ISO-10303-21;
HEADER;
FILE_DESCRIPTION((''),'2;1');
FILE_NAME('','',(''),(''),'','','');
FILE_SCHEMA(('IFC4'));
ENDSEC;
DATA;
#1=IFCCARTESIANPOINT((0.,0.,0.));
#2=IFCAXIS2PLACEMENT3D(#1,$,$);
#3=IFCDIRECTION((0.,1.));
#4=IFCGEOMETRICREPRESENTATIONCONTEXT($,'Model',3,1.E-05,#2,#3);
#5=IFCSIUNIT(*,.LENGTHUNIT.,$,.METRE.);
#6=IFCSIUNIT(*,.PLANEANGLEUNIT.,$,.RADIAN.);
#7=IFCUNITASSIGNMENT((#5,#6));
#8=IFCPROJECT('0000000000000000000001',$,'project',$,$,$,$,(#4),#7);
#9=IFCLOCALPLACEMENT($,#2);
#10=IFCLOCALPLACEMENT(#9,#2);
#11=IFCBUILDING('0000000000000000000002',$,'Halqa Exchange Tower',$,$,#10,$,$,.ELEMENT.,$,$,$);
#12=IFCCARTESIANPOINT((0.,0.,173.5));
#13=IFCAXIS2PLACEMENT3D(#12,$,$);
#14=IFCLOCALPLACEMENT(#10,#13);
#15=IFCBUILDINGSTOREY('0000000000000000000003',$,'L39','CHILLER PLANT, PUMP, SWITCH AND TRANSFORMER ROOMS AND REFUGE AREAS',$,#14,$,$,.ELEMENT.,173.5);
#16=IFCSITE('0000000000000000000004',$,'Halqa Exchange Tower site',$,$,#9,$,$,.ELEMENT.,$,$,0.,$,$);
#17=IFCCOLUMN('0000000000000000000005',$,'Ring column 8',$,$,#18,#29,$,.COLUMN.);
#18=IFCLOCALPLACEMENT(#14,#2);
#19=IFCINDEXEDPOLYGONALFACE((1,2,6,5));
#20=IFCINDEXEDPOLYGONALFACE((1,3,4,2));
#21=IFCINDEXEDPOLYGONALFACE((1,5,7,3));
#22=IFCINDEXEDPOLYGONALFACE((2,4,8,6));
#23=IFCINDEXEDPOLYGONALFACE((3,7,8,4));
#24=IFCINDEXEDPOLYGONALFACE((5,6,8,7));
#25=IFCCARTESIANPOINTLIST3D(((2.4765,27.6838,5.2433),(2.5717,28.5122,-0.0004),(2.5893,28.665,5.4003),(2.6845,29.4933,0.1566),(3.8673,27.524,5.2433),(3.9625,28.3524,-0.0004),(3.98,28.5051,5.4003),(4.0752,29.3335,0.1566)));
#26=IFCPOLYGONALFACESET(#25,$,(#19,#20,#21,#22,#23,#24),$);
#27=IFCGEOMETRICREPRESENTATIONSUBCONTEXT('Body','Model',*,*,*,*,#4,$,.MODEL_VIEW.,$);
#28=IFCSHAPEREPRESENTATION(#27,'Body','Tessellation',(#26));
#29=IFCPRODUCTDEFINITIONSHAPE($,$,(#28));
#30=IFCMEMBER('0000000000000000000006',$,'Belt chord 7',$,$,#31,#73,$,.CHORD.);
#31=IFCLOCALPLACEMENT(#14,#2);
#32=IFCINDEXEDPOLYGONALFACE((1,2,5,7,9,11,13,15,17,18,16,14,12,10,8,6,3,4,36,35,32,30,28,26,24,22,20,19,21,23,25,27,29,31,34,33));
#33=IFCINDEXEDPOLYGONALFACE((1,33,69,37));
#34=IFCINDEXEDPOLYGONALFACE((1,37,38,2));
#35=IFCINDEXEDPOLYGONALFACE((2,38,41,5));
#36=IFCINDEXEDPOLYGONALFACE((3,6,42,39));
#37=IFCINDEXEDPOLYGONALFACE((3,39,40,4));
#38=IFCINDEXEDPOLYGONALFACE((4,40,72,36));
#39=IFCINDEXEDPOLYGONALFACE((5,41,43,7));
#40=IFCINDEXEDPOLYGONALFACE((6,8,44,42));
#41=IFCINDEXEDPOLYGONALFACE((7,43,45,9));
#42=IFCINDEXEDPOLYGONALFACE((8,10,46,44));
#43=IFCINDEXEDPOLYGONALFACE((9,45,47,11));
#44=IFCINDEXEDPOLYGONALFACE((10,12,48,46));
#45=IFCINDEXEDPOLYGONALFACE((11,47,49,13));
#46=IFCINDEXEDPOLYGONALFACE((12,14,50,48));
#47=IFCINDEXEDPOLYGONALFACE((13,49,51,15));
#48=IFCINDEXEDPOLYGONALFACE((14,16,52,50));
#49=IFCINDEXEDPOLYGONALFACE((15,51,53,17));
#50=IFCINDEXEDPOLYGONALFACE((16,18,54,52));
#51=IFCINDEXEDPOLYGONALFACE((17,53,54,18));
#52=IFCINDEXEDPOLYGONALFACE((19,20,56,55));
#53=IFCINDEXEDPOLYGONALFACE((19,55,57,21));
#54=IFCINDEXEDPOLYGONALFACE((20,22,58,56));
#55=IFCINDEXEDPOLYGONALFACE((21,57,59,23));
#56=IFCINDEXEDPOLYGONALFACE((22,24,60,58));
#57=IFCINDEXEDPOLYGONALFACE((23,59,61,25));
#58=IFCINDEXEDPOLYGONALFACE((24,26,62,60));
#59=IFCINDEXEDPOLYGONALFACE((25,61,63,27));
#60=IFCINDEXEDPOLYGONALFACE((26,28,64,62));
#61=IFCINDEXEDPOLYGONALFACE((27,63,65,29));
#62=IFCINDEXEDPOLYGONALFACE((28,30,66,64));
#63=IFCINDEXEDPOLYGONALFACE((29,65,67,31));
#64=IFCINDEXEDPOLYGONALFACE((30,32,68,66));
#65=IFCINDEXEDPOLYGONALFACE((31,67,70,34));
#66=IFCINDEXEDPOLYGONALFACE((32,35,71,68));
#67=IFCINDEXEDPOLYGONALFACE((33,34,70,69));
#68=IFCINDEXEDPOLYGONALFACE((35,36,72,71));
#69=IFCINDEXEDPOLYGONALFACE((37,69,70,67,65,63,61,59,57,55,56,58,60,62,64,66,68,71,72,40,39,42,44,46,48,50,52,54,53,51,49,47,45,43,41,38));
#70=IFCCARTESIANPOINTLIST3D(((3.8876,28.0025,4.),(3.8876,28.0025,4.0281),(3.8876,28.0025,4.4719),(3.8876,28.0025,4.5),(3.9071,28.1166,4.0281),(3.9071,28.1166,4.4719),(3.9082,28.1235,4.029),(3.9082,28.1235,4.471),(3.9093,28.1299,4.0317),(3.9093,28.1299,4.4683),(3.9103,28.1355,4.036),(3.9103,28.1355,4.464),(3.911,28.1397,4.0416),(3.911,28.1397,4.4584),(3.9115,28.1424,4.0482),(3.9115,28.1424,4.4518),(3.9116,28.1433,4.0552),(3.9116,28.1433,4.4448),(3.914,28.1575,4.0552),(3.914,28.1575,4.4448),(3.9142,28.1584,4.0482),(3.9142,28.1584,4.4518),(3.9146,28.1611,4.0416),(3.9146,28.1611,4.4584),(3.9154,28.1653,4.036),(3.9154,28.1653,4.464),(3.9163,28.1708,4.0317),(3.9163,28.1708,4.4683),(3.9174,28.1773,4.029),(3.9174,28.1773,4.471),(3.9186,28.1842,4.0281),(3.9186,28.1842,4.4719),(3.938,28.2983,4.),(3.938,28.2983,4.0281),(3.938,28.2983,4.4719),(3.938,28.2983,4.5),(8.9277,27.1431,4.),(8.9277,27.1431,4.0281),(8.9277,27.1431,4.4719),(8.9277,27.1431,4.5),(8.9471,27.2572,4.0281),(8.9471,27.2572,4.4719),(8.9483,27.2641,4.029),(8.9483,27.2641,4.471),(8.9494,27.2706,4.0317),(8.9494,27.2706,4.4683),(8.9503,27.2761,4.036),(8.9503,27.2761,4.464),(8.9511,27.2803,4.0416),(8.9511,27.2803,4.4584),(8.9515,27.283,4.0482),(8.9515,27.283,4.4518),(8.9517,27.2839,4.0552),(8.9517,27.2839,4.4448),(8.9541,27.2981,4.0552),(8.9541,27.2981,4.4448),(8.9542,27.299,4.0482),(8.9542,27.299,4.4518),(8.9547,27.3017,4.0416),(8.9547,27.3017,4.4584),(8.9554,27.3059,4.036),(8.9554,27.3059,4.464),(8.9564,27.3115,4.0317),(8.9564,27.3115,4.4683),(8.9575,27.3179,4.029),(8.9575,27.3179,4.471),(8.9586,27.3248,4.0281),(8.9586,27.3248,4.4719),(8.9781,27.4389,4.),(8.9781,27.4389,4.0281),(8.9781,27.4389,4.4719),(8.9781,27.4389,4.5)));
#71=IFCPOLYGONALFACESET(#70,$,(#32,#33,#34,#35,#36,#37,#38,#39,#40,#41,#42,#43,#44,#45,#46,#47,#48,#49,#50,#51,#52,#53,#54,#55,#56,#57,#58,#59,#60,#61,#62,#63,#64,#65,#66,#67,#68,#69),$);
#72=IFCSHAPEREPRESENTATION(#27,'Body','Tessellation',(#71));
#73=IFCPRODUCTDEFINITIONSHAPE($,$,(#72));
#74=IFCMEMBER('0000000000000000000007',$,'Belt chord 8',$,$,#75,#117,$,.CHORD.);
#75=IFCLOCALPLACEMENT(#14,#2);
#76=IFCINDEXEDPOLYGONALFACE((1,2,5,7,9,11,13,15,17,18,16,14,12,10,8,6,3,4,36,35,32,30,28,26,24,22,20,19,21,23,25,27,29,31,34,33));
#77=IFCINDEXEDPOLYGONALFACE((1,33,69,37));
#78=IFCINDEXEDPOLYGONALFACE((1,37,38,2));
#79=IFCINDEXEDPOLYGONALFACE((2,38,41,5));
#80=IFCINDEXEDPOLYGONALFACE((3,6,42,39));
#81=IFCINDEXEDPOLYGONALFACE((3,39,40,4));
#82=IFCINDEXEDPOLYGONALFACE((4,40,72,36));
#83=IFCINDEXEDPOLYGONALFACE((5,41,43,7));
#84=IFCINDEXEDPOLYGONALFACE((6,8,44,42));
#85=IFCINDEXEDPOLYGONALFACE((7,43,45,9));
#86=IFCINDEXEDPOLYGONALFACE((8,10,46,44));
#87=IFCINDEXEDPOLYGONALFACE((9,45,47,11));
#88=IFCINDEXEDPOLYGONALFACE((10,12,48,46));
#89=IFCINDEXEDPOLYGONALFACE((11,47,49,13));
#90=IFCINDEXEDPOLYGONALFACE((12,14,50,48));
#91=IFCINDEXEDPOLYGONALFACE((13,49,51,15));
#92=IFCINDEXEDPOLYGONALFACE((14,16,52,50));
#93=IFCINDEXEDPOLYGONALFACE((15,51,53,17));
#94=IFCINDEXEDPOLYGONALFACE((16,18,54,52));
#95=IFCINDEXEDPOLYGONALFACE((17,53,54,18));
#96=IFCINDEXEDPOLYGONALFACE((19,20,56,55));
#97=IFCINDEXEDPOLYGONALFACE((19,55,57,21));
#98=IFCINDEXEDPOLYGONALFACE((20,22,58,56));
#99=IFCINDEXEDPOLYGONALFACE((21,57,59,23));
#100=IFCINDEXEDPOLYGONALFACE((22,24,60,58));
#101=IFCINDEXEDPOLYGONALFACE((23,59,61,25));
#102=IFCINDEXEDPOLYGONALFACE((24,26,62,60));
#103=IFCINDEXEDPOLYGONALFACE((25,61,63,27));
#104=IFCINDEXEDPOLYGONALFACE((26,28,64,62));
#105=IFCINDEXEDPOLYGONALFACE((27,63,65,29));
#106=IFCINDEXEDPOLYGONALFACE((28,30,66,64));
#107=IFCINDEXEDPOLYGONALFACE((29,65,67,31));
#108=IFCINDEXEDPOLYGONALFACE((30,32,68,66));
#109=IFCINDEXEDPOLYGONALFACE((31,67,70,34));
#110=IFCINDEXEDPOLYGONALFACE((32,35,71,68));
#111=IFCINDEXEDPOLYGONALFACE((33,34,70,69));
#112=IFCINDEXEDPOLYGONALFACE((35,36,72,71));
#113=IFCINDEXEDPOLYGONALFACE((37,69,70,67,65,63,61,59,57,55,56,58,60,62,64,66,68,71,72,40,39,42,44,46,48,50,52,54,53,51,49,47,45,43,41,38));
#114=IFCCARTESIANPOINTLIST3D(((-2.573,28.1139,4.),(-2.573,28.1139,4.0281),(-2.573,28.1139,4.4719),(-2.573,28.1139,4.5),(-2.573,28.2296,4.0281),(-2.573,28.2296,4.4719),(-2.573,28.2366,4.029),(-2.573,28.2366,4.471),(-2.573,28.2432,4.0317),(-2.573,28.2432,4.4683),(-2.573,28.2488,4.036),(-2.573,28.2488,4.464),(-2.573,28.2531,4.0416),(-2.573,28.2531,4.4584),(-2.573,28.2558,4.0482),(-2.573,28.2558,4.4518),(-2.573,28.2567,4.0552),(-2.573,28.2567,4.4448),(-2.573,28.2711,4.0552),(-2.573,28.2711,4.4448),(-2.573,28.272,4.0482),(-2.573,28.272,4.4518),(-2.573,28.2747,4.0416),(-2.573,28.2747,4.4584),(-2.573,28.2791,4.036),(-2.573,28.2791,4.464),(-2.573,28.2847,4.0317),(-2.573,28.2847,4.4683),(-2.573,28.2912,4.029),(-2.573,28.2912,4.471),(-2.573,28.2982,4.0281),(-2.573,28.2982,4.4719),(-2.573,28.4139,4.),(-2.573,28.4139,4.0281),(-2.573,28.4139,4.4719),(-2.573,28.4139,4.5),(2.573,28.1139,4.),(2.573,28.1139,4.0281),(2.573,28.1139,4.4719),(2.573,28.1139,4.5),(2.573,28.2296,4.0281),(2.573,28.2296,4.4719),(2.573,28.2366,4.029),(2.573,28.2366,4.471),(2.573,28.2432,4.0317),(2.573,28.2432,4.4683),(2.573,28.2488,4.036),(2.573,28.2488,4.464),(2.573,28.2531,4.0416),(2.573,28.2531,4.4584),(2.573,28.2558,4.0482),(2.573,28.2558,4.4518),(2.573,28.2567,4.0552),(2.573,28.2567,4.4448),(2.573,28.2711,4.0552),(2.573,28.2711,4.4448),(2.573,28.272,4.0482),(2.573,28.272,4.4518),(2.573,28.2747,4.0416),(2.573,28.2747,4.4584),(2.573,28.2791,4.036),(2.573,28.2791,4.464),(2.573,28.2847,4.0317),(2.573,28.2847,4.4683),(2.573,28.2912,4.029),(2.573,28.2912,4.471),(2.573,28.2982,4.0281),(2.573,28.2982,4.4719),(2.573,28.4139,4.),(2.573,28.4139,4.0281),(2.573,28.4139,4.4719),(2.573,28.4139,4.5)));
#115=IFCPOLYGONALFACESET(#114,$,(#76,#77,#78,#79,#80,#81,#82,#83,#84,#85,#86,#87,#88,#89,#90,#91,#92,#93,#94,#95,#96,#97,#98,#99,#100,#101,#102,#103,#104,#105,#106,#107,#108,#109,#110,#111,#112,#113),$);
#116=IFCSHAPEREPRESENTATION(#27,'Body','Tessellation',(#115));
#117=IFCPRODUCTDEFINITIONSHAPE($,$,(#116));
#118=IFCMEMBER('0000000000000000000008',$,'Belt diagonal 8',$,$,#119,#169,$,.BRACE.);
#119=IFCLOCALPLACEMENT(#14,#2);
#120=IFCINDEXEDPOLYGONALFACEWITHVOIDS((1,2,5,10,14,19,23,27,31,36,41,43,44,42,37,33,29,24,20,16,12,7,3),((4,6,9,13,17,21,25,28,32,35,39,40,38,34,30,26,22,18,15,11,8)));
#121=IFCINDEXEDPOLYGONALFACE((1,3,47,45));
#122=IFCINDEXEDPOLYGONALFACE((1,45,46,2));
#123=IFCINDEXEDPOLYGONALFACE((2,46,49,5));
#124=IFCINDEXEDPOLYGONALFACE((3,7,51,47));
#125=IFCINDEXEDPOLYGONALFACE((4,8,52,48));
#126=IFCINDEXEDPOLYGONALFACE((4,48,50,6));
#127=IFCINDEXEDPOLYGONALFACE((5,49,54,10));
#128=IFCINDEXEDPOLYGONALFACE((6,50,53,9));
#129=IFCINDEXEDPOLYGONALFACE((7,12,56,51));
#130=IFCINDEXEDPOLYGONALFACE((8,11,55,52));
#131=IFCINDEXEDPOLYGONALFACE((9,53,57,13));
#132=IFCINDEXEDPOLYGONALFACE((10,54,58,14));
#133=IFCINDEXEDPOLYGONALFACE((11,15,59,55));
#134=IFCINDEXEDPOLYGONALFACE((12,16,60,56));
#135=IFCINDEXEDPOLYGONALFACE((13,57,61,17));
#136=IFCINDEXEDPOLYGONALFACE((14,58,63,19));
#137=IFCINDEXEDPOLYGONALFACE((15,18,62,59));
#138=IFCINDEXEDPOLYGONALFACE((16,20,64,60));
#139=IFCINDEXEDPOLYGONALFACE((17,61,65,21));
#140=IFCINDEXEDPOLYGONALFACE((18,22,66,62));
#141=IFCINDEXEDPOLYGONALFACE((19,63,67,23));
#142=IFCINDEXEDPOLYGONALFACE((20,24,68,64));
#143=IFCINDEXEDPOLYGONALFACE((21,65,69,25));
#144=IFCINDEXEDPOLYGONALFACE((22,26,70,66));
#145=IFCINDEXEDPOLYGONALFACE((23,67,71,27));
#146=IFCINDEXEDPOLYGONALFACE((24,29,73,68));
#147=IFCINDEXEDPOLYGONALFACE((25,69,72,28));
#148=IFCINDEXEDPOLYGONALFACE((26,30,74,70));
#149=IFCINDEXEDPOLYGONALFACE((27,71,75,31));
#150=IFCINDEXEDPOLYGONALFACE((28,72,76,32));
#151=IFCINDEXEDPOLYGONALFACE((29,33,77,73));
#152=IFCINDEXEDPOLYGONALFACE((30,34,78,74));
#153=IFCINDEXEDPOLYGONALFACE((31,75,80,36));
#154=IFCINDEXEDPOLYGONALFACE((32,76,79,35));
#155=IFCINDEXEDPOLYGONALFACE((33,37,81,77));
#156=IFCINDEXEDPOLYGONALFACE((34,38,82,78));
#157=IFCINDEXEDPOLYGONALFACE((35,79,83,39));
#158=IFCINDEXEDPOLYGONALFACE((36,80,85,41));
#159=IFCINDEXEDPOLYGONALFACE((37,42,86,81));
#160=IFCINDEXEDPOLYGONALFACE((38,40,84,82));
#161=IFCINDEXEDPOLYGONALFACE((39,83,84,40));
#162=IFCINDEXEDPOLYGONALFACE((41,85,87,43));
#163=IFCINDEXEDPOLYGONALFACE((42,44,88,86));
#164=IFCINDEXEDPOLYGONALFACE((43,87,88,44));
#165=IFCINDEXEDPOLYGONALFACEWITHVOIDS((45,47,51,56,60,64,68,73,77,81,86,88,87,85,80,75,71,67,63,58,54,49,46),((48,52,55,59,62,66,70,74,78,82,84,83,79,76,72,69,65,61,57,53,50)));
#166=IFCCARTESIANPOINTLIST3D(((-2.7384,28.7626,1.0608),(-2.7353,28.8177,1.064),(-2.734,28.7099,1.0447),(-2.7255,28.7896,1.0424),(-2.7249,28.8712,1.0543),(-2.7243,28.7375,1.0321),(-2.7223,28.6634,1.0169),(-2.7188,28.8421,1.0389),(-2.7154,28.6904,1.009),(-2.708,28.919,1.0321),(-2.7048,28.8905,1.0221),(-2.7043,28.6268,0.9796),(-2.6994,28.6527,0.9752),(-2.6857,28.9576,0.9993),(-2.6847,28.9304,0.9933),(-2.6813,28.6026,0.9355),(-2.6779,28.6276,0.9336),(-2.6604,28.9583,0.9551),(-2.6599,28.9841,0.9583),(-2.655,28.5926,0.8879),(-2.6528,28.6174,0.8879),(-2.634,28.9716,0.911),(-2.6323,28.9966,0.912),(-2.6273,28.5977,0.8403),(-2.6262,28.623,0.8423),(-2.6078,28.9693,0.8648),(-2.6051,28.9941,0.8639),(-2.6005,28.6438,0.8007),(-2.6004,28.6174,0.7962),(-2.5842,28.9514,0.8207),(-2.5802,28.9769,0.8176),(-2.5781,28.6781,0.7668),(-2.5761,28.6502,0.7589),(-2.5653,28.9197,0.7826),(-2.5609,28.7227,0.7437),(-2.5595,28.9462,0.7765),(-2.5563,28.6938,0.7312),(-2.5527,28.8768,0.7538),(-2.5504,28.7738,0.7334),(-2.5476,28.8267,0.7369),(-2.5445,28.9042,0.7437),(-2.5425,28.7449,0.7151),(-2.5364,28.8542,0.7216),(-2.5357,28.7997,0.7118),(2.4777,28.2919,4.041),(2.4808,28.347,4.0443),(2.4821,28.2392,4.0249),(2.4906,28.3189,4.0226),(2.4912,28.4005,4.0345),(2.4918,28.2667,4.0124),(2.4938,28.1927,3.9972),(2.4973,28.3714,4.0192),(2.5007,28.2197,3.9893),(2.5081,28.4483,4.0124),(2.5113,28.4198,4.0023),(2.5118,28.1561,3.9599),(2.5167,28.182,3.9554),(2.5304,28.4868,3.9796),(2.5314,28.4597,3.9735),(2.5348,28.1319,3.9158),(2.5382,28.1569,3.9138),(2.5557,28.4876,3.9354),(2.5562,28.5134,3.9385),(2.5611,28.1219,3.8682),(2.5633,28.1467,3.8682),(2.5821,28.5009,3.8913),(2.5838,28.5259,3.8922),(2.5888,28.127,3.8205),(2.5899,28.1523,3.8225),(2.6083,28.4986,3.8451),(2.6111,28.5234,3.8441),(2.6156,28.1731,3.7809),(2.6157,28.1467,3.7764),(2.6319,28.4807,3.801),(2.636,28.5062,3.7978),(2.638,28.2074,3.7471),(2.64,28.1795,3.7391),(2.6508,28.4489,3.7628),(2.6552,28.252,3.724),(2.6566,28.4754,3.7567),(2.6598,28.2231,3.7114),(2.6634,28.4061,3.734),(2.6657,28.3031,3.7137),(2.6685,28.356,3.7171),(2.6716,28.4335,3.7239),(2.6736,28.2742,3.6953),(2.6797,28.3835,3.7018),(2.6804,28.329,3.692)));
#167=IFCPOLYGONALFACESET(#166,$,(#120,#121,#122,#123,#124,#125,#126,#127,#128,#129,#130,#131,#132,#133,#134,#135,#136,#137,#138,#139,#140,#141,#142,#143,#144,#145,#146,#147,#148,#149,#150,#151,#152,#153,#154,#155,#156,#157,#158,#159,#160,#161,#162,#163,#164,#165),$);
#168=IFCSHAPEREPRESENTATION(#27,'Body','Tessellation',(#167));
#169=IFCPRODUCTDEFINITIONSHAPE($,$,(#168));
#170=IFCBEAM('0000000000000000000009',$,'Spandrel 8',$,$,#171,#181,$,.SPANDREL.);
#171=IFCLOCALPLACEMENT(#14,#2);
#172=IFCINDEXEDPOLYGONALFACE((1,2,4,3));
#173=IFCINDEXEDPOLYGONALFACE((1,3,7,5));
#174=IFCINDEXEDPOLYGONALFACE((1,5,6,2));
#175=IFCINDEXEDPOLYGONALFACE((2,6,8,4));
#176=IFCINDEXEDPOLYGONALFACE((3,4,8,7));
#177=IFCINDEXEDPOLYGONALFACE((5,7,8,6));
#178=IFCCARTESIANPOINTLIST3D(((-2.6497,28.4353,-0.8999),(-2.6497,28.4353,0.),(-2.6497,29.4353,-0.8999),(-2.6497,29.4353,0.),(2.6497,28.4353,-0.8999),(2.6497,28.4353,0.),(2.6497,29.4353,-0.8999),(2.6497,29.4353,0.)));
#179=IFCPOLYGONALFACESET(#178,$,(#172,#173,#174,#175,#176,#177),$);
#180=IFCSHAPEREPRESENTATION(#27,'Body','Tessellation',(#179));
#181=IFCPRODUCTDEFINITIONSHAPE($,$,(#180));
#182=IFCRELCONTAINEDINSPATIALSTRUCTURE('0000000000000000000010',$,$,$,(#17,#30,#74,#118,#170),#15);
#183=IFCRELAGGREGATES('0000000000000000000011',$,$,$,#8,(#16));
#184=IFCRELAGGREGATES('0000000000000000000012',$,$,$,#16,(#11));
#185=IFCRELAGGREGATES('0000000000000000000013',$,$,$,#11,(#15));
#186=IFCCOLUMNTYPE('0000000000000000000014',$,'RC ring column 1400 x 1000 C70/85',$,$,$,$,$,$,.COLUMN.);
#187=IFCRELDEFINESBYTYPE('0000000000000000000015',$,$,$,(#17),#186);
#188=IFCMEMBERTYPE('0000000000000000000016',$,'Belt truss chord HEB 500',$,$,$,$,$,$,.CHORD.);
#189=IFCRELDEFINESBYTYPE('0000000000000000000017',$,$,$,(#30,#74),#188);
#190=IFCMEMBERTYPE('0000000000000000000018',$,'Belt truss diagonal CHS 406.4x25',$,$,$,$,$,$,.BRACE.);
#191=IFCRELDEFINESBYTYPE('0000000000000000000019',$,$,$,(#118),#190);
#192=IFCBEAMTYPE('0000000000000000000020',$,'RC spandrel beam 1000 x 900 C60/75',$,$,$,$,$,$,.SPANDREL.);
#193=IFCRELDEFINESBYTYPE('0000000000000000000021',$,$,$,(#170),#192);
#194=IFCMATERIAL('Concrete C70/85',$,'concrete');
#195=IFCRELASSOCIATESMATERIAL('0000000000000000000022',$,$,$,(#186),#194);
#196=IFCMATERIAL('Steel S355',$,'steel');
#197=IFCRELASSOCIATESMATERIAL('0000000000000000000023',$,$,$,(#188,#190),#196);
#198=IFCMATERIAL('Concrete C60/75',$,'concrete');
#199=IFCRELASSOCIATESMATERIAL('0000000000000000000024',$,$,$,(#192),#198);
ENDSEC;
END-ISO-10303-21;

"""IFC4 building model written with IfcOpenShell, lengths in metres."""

from ifc_helpers import new_model, si_unit, direction, frame, origin, origin_2d, place, context, subcontext, project, spatial, rectangle, hollow_circle, i_section, extrude, material, material_profile, profile_set, type_object, element, save


model = new_model("IFC4")

# Units and contexts
model_context = context("Model", 3, precision=1e-05, world=origin(), true_north=direction((0.0, 1.0)))
body_context = subcontext(model_context, "Body", "Model", "MODEL_VIEW")
ifc_project = project(units=[si_unit("LENGTHUNIT", "METRE"), si_unit("PLANEANGLEUNIT", "RADIAN")], contexts=[model_context])

# Site, building, storey
site_placement = place(None, origin())
site = spatial("IfcSite", under=ifc_project, at=site_placement, Name="Halqa Exchange Tower site", CompositionType="ELEMENT", RefElevation=0.0)
building_placement = place(site_placement, origin())
building = spatial("IfcBuilding", under=site, at=building_placement, Name="Halqa Exchange Tower", CompositionType="ELEMENT")
storey_placement = place(building_placement, frame((0.0, 0.0, 173.5)))
storey = spatial("IfcBuildingStorey", under=building, at=storey_placement, Name="L39", Description="CHILLER PLANT, PUMP, SWITCH AND TRANSFORMER ROOMS AND REFUGE AREAS", CompositionType="ELEMENT", Elevation=173.5)

# Column
ifc_material_1 = material(Name="Concrete C70/85", Category="concrete")
ifc_material_profile_1 = material_profile(ifc_material_1, rectangle(XDim=1.3999, YDim=1.0, at=origin_2d()), Name="1400 x 1000")
ifc_profile_set_1 = profile_set([ifc_material_profile_1], Name="Concrete C70/85")
column_type = type_object("IfcColumnType", Name="RC ring column 1400 x 1000 C70/85", PredefinedType="COLUMN", material=ifc_profile_set_1)
column_placement = place(storey_placement, frame((3.3235, 28.9229, 0.0781), z_axis=(-0.017933, -0.156015, 0.987592), x_axis=(0.993459, -0.114191, 0.0)))
element("IfcColumn", 1, at=column_placement, inside=storey, type_object=column_type, Name="Ring column 8", PredefinedType="COLUMN", context=body_context, shape_type="SweptSolid", body=[
    extrude(rectangle(XDim=1.3999, YDim=1.0, at=origin_2d()), origin(), (0.0, 0.0, 1.0), 5.3096),
])

# Members
ifc_material_2 = material(Name="Steel S355", Category="steel")
ifc_material_profile_2 = material_profile(ifc_material_2, i_section(OverallWidth=0.3, OverallDepth=0.5, WebThickness=0.0144, FlangeThickness=0.0281, FilletRadius=0.0271, at=origin_2d()), Name="HEB 500")
ifc_profile_set_2 = profile_set([ifc_material_profile_2], Name="Steel S355")
member_type_1 = type_object("IfcMemberType", Name="Belt truss chord HEB 500", PredefinedType="CHORD", material=ifc_profile_set_2)
member_1_placement = place(storey_placement, frame((8.9529, 27.291, 4.25), z_axis=(-0.985773, 0.168084, 0.0), x_axis=(-0.168084, -0.985773, 0.0)))
element("IfcMember", 2, at=member_1_placement, inside=storey, type_object=member_type_1, Name="Belt chord 7", PredefinedType="CHORD", context=body_context, shape_type="SweptSolid", body=[
    extrude(i_section(OverallWidth=0.3, OverallDepth=0.5, WebThickness=0.0144, FlangeThickness=0.0281, FilletRadius=0.0271, at=origin_2d()), origin(), (0.0, 0.0, 1.0), 5.1128),
])
member_2_placement = place(storey_placement, frame((2.573, 28.2639, 4.25), z_axis=(-1.0, 0.0, 0.0), x_axis=(0.0, -1.0, 0.0)))
element("IfcMember", 3, at=member_2_placement, inside=storey, type_object=member_type_1, Name="Belt chord 8", PredefinedType="CHORD", context=body_context, shape_type="SweptSolid", body=[
    extrude(i_section(OverallWidth=0.3, OverallDepth=0.5, WebThickness=0.0144, FlangeThickness=0.0281, FilletRadius=0.0271, at=origin_2d()), origin(), (0.0, 0.0, 1.0), 5.146),
])
ifc_material_profile_3 = material_profile(ifc_material_2, hollow_circle(Radius=0.2031, WallThickness=0.0249, at=origin_2d()), Name="CHS 406.4x25")
ifc_profile_set_3 = profile_set([ifc_material_profile_3], Name="Steel S355")
member_type_2 = type_object("IfcMemberType", Name="Belt truss diagonal CHS 406.4x25", PredefinedType="BRACE", material=ifc_profile_set_3)
member_3_placement = place(storey_placement, frame((2.5793, 28.3242, 3.8682), z_axis=(-0.865618, 0.078114, -0.494575), x_axis=(-0.089876, -0.995953, 0.0)))
element("IfcMember", 4, at=member_3_placement, inside=storey, type_object=member_type_2, Name="Belt diagonal 8", PredefinedType="BRACE", context=body_context, shape_type="SweptSolid", body=[
    extrude(hollow_circle(Radius=0.2031, WallThickness=0.0249, at=origin_2d()), origin(), (0.0, 0.0, 1.0), 6.0259),
])

# Beam
ifc_material_3 = material(Name="Concrete C60/75", Category="concrete")
ifc_material_profile_4 = material_profile(ifc_material_3, rectangle(XDim=1.0, YDim=0.8999, at=origin_2d()), Name="1000 x 900")
ifc_profile_set_4 = profile_set([ifc_material_profile_4], Name="Concrete C60/75")
beam_type = type_object("IfcBeamType", Name="RC spandrel beam 1000 x 900 C60/75", PredefinedType="SPANDREL", material=ifc_profile_set_4)
beam_placement = place(storey_placement, frame((2.6497, 28.9353, -0.45), z_axis=(-1.0, 0.0, 0.0), x_axis=(0.0, -1.0, 0.0)))
element("IfcBeam", 5, at=beam_placement, inside=storey, type_object=beam_type, Name="Spandrel 8", PredefinedType="SPANDREL", context=body_context, shape_type="SweptSolid", body=[
    extrude(rectangle(XDim=1.0, YDim=0.8999, at=origin_2d()), origin(), (0.0, 0.0, 1.0), 5.2993),
])

save(model, "model.ifc")
